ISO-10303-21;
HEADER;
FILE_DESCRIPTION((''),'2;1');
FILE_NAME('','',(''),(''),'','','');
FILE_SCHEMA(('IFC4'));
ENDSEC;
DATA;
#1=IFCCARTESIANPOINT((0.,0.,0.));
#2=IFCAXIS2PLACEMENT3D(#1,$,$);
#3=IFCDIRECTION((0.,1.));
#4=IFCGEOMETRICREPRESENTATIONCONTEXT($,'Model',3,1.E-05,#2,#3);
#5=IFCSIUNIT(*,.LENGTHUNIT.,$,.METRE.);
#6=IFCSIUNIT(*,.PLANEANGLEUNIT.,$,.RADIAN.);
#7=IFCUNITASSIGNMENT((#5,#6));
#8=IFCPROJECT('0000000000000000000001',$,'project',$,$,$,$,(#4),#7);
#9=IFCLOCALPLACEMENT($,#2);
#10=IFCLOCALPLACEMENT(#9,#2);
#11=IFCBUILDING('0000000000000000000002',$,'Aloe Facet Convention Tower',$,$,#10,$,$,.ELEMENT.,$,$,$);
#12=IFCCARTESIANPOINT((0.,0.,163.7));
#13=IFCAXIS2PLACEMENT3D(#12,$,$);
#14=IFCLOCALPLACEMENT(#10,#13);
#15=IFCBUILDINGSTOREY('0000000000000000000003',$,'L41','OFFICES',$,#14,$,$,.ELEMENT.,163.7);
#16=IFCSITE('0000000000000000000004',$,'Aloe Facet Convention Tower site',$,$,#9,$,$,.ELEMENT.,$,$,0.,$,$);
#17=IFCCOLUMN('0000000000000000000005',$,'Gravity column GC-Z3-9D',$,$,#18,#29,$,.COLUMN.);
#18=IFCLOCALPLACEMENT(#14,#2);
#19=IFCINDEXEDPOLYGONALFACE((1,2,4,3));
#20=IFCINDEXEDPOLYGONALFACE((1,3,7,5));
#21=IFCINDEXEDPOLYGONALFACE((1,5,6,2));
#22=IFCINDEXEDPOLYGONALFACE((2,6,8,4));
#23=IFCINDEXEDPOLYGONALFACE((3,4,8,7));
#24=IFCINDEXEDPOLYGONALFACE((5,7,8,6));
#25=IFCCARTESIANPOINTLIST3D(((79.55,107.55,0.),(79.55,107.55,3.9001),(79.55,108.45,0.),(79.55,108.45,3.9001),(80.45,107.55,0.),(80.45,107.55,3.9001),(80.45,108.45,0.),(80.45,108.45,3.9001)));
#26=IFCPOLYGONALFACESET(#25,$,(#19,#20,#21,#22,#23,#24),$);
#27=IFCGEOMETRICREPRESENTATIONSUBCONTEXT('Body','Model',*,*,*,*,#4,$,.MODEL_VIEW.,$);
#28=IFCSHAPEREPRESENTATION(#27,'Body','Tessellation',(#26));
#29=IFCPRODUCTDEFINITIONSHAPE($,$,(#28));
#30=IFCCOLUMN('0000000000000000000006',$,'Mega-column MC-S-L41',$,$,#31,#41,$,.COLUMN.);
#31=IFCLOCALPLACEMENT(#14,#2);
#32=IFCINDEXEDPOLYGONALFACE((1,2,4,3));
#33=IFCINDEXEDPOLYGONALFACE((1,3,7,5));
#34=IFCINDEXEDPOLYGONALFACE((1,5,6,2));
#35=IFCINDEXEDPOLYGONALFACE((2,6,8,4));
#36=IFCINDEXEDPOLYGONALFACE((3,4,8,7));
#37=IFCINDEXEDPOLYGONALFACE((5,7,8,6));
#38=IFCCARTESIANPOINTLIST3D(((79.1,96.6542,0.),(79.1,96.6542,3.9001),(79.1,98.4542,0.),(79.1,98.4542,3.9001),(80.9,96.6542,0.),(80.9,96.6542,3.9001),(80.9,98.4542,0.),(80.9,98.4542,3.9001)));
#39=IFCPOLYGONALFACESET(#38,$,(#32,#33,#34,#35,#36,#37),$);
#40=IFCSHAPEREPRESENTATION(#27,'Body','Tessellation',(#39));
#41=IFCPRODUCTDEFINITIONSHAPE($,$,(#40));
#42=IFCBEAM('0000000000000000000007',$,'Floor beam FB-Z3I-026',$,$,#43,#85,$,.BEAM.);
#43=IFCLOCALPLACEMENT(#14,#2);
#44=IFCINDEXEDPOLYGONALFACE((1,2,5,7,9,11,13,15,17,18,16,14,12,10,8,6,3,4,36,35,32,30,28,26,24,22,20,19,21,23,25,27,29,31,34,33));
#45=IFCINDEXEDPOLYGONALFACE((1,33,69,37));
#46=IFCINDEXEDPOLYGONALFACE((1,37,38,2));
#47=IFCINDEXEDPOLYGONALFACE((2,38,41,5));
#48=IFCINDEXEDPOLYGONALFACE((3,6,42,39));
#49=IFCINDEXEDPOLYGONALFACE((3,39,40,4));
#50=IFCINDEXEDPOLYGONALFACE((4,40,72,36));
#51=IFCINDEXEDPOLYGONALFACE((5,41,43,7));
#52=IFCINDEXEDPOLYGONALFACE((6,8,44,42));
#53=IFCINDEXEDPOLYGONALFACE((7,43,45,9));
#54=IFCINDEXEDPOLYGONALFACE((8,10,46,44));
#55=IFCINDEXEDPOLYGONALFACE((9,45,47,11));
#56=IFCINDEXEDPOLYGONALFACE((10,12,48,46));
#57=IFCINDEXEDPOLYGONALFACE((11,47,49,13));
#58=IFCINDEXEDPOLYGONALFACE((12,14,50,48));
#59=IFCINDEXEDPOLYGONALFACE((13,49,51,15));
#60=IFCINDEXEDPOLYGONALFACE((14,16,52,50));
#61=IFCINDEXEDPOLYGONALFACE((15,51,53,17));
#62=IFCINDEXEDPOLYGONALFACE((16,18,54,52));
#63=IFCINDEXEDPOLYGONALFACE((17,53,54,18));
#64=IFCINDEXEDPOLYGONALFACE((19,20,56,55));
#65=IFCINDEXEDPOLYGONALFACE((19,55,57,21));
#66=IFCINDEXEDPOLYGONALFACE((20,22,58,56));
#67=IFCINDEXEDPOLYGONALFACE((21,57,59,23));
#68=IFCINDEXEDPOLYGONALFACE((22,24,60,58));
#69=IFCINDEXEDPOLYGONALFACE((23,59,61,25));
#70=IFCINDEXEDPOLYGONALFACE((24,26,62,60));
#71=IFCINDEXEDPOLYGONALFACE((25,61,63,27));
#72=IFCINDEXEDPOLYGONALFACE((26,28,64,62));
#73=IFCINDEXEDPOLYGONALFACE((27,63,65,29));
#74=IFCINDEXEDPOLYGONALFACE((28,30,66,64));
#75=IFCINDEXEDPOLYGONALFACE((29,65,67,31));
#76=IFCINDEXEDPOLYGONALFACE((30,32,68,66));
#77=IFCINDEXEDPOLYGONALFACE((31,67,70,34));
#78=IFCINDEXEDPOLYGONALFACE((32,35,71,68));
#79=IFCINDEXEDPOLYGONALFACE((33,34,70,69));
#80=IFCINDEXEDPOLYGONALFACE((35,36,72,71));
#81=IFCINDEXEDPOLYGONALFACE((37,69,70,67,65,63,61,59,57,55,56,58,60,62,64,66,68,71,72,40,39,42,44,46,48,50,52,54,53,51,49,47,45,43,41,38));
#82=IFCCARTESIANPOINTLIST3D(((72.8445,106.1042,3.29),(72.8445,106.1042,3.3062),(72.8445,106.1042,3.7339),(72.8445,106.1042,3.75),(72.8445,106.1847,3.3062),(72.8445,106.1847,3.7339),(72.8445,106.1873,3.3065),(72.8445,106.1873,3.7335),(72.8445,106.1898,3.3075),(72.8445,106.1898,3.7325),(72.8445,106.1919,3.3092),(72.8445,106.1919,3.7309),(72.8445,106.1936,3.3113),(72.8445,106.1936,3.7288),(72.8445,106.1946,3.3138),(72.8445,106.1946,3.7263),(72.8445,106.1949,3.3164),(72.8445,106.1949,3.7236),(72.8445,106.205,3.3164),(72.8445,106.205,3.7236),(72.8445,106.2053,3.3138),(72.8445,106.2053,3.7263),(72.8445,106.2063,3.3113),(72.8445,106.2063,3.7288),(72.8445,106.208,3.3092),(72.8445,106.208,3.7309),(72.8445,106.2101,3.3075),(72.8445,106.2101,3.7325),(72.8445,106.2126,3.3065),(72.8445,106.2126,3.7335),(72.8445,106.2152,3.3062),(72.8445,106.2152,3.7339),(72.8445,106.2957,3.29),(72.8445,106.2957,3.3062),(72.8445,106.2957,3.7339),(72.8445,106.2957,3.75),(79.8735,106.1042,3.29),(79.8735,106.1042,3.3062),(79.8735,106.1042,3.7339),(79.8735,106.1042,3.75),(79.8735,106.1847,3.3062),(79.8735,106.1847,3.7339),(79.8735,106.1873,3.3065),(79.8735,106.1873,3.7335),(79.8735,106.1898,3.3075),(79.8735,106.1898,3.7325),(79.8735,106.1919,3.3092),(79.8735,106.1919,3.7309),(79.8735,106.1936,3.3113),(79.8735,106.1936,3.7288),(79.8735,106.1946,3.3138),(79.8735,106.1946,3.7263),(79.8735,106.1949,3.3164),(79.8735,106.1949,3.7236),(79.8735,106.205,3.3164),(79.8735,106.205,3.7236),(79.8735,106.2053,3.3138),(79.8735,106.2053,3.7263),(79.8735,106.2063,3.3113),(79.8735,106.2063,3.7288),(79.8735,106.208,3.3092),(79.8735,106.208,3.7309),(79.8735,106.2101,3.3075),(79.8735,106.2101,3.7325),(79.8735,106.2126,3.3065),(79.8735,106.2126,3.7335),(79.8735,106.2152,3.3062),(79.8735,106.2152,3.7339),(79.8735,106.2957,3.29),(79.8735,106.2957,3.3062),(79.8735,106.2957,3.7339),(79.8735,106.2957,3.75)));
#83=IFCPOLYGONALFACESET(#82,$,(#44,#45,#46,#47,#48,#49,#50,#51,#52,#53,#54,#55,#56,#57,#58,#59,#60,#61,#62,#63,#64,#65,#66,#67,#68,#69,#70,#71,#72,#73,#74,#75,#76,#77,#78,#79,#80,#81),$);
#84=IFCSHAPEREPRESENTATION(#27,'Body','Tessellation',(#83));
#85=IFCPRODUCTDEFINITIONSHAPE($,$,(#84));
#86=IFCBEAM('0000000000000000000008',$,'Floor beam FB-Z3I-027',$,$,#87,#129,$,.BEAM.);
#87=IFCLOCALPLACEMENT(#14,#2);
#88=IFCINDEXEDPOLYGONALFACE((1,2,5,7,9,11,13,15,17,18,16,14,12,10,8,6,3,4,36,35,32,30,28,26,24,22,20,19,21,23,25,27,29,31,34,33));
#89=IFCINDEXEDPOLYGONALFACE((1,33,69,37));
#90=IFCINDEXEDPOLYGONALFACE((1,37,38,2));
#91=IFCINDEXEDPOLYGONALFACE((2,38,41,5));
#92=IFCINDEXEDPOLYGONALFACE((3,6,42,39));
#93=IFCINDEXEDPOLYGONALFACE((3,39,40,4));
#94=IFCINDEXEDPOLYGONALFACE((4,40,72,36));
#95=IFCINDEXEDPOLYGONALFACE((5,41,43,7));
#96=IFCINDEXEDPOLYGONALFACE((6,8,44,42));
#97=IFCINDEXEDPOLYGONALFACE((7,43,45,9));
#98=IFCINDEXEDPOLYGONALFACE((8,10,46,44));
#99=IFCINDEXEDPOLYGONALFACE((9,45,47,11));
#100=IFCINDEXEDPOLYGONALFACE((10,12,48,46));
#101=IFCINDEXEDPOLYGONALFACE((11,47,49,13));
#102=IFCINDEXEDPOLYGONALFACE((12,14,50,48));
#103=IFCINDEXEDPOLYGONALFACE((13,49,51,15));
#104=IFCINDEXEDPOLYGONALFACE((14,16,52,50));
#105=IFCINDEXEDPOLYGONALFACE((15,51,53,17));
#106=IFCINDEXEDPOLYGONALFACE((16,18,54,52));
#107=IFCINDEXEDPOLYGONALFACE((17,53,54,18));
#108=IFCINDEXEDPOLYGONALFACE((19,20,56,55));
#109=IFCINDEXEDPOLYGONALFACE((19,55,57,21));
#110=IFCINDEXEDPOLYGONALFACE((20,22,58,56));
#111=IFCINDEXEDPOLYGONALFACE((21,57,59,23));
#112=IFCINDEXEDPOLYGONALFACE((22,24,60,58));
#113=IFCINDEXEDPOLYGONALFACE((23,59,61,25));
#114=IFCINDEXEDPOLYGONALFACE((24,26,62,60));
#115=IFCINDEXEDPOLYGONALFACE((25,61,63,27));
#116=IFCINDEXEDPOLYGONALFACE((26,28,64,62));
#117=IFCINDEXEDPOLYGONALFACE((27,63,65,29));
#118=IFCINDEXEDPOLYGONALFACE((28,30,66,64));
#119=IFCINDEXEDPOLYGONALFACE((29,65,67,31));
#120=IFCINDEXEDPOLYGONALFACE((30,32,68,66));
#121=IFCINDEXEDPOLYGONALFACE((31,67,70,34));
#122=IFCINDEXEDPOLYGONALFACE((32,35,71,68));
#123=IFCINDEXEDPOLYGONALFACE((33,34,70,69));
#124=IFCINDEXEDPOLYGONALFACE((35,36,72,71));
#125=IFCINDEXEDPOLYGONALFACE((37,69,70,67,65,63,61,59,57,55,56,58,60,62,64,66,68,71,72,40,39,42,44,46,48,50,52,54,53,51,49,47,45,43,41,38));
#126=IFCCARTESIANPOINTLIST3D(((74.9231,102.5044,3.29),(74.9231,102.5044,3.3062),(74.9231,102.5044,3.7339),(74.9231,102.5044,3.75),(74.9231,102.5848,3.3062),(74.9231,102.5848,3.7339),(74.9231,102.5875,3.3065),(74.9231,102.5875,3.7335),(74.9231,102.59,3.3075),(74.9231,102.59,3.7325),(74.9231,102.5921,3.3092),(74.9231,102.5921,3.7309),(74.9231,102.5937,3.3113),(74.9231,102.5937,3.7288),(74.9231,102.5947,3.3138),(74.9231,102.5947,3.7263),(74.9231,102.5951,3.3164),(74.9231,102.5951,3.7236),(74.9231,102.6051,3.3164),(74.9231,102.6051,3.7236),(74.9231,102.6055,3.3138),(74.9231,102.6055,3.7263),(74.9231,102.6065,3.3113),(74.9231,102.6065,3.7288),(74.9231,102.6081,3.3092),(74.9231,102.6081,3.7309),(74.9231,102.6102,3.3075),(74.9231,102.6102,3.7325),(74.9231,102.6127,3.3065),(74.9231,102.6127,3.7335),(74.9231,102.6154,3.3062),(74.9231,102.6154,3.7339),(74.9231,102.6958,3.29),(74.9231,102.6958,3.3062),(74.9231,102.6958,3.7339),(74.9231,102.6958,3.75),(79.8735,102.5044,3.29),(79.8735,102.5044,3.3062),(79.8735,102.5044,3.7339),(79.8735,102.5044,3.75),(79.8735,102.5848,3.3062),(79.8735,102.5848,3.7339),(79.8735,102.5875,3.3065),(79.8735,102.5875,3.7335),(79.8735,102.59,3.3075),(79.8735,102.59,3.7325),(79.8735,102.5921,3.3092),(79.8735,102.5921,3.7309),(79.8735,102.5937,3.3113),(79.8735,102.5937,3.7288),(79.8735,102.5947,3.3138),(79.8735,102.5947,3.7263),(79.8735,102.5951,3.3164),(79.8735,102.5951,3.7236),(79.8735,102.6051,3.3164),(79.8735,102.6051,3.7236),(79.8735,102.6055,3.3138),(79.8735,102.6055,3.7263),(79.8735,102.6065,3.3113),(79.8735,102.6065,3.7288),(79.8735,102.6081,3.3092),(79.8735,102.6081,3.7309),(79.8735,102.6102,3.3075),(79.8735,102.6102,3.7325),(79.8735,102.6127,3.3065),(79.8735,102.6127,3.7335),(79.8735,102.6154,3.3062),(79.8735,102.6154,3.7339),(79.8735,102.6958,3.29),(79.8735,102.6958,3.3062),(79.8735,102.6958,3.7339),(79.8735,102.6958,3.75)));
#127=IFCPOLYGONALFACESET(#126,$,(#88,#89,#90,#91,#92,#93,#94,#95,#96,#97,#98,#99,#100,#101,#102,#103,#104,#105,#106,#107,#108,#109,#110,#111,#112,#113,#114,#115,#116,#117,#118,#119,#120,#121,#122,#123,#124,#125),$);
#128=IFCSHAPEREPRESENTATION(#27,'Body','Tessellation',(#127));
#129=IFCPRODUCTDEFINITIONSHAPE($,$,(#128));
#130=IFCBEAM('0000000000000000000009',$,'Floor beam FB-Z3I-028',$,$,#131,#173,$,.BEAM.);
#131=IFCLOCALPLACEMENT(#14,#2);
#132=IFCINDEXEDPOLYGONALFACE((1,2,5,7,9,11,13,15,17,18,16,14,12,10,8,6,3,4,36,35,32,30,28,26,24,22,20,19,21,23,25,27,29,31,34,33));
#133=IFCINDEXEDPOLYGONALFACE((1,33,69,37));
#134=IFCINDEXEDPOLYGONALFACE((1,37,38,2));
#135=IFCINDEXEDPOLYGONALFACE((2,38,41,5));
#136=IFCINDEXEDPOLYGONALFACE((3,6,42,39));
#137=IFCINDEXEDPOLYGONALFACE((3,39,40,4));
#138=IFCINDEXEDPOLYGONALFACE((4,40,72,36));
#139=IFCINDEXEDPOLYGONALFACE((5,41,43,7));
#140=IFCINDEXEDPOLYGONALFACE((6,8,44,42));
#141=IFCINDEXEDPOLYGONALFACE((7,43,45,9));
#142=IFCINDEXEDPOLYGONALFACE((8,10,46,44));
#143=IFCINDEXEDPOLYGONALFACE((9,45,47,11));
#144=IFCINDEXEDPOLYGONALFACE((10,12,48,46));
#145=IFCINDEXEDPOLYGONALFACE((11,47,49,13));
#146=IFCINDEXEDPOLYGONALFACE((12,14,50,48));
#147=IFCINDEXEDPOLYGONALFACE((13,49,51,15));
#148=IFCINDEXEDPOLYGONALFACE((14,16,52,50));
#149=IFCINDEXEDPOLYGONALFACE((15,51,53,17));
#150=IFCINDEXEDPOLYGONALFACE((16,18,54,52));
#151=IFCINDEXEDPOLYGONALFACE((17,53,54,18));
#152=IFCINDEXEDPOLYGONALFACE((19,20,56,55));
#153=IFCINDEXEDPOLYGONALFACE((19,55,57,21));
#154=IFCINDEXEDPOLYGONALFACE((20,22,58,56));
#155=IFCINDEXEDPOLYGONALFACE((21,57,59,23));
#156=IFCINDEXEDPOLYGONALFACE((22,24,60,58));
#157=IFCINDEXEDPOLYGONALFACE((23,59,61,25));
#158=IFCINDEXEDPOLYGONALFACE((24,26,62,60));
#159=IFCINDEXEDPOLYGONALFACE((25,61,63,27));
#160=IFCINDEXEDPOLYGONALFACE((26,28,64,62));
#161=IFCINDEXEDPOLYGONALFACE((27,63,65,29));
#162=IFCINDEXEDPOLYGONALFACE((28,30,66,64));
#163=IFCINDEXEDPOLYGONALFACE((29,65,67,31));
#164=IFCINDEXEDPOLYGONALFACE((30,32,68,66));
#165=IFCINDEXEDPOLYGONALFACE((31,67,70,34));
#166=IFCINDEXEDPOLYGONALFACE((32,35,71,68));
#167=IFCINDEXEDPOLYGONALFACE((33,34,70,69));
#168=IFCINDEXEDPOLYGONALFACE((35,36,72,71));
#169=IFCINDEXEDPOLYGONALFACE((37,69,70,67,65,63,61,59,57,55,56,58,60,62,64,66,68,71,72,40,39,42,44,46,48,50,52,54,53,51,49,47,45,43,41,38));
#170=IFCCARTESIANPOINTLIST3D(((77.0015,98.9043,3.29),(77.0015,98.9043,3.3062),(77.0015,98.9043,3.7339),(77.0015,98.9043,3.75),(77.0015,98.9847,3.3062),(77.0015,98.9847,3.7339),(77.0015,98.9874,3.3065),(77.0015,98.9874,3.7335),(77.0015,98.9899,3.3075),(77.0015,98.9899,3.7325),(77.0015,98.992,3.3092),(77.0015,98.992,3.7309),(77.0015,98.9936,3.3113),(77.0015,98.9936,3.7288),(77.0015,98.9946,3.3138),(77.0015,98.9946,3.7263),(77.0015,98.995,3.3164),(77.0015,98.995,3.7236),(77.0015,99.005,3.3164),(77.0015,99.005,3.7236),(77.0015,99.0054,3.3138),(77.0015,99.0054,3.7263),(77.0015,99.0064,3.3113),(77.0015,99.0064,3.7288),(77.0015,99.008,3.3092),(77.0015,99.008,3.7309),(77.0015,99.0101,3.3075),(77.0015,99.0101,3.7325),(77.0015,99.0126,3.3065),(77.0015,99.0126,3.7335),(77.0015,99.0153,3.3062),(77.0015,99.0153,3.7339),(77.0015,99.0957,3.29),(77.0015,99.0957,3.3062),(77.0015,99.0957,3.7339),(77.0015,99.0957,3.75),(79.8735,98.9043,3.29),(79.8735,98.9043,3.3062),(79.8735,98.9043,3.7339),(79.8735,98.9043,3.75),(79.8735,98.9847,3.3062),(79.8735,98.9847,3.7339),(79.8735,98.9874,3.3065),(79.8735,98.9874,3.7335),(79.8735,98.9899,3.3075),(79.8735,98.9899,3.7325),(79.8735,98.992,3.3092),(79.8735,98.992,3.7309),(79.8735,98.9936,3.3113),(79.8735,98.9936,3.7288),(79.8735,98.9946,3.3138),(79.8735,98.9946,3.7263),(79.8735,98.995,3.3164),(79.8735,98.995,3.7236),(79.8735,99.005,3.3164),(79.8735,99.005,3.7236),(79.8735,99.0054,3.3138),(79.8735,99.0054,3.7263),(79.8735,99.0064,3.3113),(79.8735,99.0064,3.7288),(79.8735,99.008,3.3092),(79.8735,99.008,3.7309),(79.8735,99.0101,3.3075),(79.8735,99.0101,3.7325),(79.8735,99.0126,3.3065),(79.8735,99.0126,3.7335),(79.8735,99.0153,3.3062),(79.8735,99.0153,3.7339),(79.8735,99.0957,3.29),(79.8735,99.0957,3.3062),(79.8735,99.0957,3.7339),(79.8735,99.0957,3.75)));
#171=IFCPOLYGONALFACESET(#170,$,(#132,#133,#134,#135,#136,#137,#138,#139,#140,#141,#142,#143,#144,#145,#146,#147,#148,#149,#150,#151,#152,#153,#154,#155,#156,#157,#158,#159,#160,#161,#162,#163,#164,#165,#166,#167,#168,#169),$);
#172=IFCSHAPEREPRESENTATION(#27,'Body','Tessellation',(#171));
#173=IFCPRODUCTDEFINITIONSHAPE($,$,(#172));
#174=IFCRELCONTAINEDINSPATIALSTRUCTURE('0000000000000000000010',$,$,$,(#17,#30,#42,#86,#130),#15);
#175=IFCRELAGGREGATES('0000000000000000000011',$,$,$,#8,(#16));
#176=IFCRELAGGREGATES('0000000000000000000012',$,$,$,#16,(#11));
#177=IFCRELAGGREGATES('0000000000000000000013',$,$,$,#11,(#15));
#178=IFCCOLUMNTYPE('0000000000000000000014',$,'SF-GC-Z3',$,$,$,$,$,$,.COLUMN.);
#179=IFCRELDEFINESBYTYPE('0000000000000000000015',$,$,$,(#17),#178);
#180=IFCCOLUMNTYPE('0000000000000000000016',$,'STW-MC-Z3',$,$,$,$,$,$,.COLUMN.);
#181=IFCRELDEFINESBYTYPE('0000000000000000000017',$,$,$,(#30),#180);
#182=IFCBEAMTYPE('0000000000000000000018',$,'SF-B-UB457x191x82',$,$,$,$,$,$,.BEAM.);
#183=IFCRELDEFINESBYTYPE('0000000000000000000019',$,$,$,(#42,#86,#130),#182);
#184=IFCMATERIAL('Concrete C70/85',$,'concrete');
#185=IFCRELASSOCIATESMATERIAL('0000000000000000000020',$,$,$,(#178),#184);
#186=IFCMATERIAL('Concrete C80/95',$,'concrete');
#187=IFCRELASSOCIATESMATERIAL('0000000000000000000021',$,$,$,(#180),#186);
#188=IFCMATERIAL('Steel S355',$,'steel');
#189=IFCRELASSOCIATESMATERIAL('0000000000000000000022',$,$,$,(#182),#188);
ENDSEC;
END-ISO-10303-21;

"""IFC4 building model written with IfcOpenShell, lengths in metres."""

from ifc_helpers import new_model, si_unit, direction, frame, origin, origin_2d, place, context, subcontext, project, spatial, rectangle, i_section, extrude, material, material_profile, profile_set, type_object, element, save


model = new_model("IFC4")

# Units and contexts
model_context = context("Model", 3, precision=1e-05, world=origin(), true_north=direction((0.0, 1.0)))
body_context = subcontext(model_context, "Body", "Model", "MODEL_VIEW")
ifc_project = project(units=[si_unit("LENGTHUNIT", "METRE"), si_unit("PLANEANGLEUNIT", "RADIAN")], contexts=[model_context])

# Site, building, storey
site_placement = place(None, origin())
site = spatial("IfcSite", under=ifc_project, at=site_placement, Name="Aloe Facet Convention Tower site", CompositionType="ELEMENT", RefElevation=0.0)
building_placement = place(site_placement, origin())
building = spatial("IfcBuilding", under=site, at=building_placement, Name="Aloe Facet Convention Tower", CompositionType="ELEMENT")
storey_placement = place(building_placement, frame((0.0, 0.0, 163.7)))
storey = spatial("IfcBuildingStorey", under=building, at=storey_placement, Name="L41", Description="OFFICES", CompositionType="ELEMENT", Elevation=163.7)

# Columns
ifc_material_1 = material(Name="Concrete C70/85", Category="concrete")
ifc_material_profile_1 = material_profile(ifc_material_1, rectangle(XDim=0.8999, YDim=0.8999, at=origin_2d()), Name="SF-GC-Z3")
ifc_profile_set_1 = profile_set([ifc_material_profile_1], Name="Concrete C70/85")
column_type_1 = type_object("IfcColumnType", Name="SF-GC-Z3", PredefinedType="COLUMN", material=ifc_profile_set_1)
column_1_placement = place(storey_placement, frame((80.0, 108.0, 0.0), z_axis=(0.0, 0.0, 1.0), x_axis=(1.0, 0.0, 0.0)))
element("IfcColumn", 1, at=column_1_placement, inside=storey, type_object=column_type_1, Name="Gravity column GC-Z3-9D", PredefinedType="COLUMN", context=body_context, shape_type="SweptSolid", body=[
    extrude(rectangle(XDim=0.8999, YDim=0.8999, at=origin_2d()), origin(), (0.0, 0.0, 1.0), 3.9001),
])
ifc_material_2 = material(Name="Concrete C80/95", Category="concrete")
ifc_material_profile_2 = material_profile(ifc_material_2, rectangle(XDim=1.8, YDim=1.8, at=origin_2d()), Name="STW-MC-Z3")
ifc_profile_set_2 = profile_set([ifc_material_profile_2], Name="Concrete C80/95")
column_type_2 = type_object("IfcColumnType", Name="STW-MC-Z3", PredefinedType="COLUMN", material=ifc_profile_set_2)
column_2_placement = place(storey_placement, frame((80.0, 97.5542, 0.0), z_axis=(0.0, 0.0, 1.0), x_axis=(1.0, 0.0, 0.0)))
element("IfcColumn", 2, at=column_2_placement, inside=storey, type_object=column_type_2, Name="Mega-column MC-S-L41", PredefinedType="COLUMN", context=body_context, shape_type="SweptSolid", body=[
    extrude(rectangle(XDim=1.8, YDim=1.8, at=origin_2d()), origin(), (0.0, 0.0, 1.0), 3.9001),
])

# Beams
ifc_material_3 = material(Name="Steel S355", Category="steel")
ifc_material_profile_3 = material_profile(ifc_material_3, i_section(OverallWidth=0.1914, OverallDepth=0.46, WebThickness=0.01, FlangeThickness=0.0161, FilletRadius=0.0103, at=origin_2d()), Name="UB 457x191x82")
ifc_profile_set_3 = profile_set([ifc_material_profile_3], Name="Steel S355")
beam_type_1 = type_object("IfcBeamType", Name="SF-B-UB457x191x82", PredefinedType="BEAM", material=ifc_profile_set_3)
beam_1_placement = place(storey_placement, frame((72.8445, 106.2, 3.52), z_axis=(1.0, 0.0, 0.0), x_axis=(0.0, 1.0, 0.0)))
element("IfcBeam", 3, at=beam_1_placement, inside=storey, type_object=beam_type_1, Name="Floor beam FB-Z3I-026", PredefinedType="BEAM", context=body_context, shape_type="SweptSolid", body=[
    extrude(i_section(OverallWidth=0.1914, OverallDepth=0.46, WebThickness=0.01, FlangeThickness=0.0161, FilletRadius=0.0103, at=origin_2d()), origin(), (0.0, 0.0, 1.0), 7.0291),
])
beam_2_placement = place(storey_placement, frame((74.9231, 102.6001, 3.52), z_axis=(1.0, 0.0, 0.0), x_axis=(0.0, 1.0, 0.0)))
element("IfcBeam", 4, at=beam_2_placement, inside=storey, type_object=beam_type_1, Name="Floor beam FB-Z3I-027", PredefinedType="BEAM", context=body_context, shape_type="SweptSolid", body=[
    extrude(i_section(OverallWidth=0.1914, OverallDepth=0.46, WebThickness=0.01, FlangeThickness=0.0161, FilletRadius=0.0103, at=origin_2d()), origin(), (0.0, 0.0, 1.0), 4.9504),
])
for number, where, z_axis, x_axis, name in (
    (5, (77.0015, 99.0, 3.52), (1.0, 0.0, 0.0), (0.0, 1.0, 0.0), "Floor beam FB-Z3I-028"),
):
    element("IfcBeam", number, at=place(storey_placement, frame(where, z_axis=z_axis, x_axis=x_axis)), inside=storey, type_object=beam_type_1, Name=name, PredefinedType="BEAM", context=body_context, shape_type="SweptSolid", body=[
        extrude(i_section(OverallWidth=0.1914, OverallDepth=0.46, WebThickness=0.01, FlangeThickness=0.0161, FilletRadius=0.0103, at=origin_2d()), origin(), (0.0, 0.0, 1.0), 2.8721),
    ])

save(model, "model.ifc")
